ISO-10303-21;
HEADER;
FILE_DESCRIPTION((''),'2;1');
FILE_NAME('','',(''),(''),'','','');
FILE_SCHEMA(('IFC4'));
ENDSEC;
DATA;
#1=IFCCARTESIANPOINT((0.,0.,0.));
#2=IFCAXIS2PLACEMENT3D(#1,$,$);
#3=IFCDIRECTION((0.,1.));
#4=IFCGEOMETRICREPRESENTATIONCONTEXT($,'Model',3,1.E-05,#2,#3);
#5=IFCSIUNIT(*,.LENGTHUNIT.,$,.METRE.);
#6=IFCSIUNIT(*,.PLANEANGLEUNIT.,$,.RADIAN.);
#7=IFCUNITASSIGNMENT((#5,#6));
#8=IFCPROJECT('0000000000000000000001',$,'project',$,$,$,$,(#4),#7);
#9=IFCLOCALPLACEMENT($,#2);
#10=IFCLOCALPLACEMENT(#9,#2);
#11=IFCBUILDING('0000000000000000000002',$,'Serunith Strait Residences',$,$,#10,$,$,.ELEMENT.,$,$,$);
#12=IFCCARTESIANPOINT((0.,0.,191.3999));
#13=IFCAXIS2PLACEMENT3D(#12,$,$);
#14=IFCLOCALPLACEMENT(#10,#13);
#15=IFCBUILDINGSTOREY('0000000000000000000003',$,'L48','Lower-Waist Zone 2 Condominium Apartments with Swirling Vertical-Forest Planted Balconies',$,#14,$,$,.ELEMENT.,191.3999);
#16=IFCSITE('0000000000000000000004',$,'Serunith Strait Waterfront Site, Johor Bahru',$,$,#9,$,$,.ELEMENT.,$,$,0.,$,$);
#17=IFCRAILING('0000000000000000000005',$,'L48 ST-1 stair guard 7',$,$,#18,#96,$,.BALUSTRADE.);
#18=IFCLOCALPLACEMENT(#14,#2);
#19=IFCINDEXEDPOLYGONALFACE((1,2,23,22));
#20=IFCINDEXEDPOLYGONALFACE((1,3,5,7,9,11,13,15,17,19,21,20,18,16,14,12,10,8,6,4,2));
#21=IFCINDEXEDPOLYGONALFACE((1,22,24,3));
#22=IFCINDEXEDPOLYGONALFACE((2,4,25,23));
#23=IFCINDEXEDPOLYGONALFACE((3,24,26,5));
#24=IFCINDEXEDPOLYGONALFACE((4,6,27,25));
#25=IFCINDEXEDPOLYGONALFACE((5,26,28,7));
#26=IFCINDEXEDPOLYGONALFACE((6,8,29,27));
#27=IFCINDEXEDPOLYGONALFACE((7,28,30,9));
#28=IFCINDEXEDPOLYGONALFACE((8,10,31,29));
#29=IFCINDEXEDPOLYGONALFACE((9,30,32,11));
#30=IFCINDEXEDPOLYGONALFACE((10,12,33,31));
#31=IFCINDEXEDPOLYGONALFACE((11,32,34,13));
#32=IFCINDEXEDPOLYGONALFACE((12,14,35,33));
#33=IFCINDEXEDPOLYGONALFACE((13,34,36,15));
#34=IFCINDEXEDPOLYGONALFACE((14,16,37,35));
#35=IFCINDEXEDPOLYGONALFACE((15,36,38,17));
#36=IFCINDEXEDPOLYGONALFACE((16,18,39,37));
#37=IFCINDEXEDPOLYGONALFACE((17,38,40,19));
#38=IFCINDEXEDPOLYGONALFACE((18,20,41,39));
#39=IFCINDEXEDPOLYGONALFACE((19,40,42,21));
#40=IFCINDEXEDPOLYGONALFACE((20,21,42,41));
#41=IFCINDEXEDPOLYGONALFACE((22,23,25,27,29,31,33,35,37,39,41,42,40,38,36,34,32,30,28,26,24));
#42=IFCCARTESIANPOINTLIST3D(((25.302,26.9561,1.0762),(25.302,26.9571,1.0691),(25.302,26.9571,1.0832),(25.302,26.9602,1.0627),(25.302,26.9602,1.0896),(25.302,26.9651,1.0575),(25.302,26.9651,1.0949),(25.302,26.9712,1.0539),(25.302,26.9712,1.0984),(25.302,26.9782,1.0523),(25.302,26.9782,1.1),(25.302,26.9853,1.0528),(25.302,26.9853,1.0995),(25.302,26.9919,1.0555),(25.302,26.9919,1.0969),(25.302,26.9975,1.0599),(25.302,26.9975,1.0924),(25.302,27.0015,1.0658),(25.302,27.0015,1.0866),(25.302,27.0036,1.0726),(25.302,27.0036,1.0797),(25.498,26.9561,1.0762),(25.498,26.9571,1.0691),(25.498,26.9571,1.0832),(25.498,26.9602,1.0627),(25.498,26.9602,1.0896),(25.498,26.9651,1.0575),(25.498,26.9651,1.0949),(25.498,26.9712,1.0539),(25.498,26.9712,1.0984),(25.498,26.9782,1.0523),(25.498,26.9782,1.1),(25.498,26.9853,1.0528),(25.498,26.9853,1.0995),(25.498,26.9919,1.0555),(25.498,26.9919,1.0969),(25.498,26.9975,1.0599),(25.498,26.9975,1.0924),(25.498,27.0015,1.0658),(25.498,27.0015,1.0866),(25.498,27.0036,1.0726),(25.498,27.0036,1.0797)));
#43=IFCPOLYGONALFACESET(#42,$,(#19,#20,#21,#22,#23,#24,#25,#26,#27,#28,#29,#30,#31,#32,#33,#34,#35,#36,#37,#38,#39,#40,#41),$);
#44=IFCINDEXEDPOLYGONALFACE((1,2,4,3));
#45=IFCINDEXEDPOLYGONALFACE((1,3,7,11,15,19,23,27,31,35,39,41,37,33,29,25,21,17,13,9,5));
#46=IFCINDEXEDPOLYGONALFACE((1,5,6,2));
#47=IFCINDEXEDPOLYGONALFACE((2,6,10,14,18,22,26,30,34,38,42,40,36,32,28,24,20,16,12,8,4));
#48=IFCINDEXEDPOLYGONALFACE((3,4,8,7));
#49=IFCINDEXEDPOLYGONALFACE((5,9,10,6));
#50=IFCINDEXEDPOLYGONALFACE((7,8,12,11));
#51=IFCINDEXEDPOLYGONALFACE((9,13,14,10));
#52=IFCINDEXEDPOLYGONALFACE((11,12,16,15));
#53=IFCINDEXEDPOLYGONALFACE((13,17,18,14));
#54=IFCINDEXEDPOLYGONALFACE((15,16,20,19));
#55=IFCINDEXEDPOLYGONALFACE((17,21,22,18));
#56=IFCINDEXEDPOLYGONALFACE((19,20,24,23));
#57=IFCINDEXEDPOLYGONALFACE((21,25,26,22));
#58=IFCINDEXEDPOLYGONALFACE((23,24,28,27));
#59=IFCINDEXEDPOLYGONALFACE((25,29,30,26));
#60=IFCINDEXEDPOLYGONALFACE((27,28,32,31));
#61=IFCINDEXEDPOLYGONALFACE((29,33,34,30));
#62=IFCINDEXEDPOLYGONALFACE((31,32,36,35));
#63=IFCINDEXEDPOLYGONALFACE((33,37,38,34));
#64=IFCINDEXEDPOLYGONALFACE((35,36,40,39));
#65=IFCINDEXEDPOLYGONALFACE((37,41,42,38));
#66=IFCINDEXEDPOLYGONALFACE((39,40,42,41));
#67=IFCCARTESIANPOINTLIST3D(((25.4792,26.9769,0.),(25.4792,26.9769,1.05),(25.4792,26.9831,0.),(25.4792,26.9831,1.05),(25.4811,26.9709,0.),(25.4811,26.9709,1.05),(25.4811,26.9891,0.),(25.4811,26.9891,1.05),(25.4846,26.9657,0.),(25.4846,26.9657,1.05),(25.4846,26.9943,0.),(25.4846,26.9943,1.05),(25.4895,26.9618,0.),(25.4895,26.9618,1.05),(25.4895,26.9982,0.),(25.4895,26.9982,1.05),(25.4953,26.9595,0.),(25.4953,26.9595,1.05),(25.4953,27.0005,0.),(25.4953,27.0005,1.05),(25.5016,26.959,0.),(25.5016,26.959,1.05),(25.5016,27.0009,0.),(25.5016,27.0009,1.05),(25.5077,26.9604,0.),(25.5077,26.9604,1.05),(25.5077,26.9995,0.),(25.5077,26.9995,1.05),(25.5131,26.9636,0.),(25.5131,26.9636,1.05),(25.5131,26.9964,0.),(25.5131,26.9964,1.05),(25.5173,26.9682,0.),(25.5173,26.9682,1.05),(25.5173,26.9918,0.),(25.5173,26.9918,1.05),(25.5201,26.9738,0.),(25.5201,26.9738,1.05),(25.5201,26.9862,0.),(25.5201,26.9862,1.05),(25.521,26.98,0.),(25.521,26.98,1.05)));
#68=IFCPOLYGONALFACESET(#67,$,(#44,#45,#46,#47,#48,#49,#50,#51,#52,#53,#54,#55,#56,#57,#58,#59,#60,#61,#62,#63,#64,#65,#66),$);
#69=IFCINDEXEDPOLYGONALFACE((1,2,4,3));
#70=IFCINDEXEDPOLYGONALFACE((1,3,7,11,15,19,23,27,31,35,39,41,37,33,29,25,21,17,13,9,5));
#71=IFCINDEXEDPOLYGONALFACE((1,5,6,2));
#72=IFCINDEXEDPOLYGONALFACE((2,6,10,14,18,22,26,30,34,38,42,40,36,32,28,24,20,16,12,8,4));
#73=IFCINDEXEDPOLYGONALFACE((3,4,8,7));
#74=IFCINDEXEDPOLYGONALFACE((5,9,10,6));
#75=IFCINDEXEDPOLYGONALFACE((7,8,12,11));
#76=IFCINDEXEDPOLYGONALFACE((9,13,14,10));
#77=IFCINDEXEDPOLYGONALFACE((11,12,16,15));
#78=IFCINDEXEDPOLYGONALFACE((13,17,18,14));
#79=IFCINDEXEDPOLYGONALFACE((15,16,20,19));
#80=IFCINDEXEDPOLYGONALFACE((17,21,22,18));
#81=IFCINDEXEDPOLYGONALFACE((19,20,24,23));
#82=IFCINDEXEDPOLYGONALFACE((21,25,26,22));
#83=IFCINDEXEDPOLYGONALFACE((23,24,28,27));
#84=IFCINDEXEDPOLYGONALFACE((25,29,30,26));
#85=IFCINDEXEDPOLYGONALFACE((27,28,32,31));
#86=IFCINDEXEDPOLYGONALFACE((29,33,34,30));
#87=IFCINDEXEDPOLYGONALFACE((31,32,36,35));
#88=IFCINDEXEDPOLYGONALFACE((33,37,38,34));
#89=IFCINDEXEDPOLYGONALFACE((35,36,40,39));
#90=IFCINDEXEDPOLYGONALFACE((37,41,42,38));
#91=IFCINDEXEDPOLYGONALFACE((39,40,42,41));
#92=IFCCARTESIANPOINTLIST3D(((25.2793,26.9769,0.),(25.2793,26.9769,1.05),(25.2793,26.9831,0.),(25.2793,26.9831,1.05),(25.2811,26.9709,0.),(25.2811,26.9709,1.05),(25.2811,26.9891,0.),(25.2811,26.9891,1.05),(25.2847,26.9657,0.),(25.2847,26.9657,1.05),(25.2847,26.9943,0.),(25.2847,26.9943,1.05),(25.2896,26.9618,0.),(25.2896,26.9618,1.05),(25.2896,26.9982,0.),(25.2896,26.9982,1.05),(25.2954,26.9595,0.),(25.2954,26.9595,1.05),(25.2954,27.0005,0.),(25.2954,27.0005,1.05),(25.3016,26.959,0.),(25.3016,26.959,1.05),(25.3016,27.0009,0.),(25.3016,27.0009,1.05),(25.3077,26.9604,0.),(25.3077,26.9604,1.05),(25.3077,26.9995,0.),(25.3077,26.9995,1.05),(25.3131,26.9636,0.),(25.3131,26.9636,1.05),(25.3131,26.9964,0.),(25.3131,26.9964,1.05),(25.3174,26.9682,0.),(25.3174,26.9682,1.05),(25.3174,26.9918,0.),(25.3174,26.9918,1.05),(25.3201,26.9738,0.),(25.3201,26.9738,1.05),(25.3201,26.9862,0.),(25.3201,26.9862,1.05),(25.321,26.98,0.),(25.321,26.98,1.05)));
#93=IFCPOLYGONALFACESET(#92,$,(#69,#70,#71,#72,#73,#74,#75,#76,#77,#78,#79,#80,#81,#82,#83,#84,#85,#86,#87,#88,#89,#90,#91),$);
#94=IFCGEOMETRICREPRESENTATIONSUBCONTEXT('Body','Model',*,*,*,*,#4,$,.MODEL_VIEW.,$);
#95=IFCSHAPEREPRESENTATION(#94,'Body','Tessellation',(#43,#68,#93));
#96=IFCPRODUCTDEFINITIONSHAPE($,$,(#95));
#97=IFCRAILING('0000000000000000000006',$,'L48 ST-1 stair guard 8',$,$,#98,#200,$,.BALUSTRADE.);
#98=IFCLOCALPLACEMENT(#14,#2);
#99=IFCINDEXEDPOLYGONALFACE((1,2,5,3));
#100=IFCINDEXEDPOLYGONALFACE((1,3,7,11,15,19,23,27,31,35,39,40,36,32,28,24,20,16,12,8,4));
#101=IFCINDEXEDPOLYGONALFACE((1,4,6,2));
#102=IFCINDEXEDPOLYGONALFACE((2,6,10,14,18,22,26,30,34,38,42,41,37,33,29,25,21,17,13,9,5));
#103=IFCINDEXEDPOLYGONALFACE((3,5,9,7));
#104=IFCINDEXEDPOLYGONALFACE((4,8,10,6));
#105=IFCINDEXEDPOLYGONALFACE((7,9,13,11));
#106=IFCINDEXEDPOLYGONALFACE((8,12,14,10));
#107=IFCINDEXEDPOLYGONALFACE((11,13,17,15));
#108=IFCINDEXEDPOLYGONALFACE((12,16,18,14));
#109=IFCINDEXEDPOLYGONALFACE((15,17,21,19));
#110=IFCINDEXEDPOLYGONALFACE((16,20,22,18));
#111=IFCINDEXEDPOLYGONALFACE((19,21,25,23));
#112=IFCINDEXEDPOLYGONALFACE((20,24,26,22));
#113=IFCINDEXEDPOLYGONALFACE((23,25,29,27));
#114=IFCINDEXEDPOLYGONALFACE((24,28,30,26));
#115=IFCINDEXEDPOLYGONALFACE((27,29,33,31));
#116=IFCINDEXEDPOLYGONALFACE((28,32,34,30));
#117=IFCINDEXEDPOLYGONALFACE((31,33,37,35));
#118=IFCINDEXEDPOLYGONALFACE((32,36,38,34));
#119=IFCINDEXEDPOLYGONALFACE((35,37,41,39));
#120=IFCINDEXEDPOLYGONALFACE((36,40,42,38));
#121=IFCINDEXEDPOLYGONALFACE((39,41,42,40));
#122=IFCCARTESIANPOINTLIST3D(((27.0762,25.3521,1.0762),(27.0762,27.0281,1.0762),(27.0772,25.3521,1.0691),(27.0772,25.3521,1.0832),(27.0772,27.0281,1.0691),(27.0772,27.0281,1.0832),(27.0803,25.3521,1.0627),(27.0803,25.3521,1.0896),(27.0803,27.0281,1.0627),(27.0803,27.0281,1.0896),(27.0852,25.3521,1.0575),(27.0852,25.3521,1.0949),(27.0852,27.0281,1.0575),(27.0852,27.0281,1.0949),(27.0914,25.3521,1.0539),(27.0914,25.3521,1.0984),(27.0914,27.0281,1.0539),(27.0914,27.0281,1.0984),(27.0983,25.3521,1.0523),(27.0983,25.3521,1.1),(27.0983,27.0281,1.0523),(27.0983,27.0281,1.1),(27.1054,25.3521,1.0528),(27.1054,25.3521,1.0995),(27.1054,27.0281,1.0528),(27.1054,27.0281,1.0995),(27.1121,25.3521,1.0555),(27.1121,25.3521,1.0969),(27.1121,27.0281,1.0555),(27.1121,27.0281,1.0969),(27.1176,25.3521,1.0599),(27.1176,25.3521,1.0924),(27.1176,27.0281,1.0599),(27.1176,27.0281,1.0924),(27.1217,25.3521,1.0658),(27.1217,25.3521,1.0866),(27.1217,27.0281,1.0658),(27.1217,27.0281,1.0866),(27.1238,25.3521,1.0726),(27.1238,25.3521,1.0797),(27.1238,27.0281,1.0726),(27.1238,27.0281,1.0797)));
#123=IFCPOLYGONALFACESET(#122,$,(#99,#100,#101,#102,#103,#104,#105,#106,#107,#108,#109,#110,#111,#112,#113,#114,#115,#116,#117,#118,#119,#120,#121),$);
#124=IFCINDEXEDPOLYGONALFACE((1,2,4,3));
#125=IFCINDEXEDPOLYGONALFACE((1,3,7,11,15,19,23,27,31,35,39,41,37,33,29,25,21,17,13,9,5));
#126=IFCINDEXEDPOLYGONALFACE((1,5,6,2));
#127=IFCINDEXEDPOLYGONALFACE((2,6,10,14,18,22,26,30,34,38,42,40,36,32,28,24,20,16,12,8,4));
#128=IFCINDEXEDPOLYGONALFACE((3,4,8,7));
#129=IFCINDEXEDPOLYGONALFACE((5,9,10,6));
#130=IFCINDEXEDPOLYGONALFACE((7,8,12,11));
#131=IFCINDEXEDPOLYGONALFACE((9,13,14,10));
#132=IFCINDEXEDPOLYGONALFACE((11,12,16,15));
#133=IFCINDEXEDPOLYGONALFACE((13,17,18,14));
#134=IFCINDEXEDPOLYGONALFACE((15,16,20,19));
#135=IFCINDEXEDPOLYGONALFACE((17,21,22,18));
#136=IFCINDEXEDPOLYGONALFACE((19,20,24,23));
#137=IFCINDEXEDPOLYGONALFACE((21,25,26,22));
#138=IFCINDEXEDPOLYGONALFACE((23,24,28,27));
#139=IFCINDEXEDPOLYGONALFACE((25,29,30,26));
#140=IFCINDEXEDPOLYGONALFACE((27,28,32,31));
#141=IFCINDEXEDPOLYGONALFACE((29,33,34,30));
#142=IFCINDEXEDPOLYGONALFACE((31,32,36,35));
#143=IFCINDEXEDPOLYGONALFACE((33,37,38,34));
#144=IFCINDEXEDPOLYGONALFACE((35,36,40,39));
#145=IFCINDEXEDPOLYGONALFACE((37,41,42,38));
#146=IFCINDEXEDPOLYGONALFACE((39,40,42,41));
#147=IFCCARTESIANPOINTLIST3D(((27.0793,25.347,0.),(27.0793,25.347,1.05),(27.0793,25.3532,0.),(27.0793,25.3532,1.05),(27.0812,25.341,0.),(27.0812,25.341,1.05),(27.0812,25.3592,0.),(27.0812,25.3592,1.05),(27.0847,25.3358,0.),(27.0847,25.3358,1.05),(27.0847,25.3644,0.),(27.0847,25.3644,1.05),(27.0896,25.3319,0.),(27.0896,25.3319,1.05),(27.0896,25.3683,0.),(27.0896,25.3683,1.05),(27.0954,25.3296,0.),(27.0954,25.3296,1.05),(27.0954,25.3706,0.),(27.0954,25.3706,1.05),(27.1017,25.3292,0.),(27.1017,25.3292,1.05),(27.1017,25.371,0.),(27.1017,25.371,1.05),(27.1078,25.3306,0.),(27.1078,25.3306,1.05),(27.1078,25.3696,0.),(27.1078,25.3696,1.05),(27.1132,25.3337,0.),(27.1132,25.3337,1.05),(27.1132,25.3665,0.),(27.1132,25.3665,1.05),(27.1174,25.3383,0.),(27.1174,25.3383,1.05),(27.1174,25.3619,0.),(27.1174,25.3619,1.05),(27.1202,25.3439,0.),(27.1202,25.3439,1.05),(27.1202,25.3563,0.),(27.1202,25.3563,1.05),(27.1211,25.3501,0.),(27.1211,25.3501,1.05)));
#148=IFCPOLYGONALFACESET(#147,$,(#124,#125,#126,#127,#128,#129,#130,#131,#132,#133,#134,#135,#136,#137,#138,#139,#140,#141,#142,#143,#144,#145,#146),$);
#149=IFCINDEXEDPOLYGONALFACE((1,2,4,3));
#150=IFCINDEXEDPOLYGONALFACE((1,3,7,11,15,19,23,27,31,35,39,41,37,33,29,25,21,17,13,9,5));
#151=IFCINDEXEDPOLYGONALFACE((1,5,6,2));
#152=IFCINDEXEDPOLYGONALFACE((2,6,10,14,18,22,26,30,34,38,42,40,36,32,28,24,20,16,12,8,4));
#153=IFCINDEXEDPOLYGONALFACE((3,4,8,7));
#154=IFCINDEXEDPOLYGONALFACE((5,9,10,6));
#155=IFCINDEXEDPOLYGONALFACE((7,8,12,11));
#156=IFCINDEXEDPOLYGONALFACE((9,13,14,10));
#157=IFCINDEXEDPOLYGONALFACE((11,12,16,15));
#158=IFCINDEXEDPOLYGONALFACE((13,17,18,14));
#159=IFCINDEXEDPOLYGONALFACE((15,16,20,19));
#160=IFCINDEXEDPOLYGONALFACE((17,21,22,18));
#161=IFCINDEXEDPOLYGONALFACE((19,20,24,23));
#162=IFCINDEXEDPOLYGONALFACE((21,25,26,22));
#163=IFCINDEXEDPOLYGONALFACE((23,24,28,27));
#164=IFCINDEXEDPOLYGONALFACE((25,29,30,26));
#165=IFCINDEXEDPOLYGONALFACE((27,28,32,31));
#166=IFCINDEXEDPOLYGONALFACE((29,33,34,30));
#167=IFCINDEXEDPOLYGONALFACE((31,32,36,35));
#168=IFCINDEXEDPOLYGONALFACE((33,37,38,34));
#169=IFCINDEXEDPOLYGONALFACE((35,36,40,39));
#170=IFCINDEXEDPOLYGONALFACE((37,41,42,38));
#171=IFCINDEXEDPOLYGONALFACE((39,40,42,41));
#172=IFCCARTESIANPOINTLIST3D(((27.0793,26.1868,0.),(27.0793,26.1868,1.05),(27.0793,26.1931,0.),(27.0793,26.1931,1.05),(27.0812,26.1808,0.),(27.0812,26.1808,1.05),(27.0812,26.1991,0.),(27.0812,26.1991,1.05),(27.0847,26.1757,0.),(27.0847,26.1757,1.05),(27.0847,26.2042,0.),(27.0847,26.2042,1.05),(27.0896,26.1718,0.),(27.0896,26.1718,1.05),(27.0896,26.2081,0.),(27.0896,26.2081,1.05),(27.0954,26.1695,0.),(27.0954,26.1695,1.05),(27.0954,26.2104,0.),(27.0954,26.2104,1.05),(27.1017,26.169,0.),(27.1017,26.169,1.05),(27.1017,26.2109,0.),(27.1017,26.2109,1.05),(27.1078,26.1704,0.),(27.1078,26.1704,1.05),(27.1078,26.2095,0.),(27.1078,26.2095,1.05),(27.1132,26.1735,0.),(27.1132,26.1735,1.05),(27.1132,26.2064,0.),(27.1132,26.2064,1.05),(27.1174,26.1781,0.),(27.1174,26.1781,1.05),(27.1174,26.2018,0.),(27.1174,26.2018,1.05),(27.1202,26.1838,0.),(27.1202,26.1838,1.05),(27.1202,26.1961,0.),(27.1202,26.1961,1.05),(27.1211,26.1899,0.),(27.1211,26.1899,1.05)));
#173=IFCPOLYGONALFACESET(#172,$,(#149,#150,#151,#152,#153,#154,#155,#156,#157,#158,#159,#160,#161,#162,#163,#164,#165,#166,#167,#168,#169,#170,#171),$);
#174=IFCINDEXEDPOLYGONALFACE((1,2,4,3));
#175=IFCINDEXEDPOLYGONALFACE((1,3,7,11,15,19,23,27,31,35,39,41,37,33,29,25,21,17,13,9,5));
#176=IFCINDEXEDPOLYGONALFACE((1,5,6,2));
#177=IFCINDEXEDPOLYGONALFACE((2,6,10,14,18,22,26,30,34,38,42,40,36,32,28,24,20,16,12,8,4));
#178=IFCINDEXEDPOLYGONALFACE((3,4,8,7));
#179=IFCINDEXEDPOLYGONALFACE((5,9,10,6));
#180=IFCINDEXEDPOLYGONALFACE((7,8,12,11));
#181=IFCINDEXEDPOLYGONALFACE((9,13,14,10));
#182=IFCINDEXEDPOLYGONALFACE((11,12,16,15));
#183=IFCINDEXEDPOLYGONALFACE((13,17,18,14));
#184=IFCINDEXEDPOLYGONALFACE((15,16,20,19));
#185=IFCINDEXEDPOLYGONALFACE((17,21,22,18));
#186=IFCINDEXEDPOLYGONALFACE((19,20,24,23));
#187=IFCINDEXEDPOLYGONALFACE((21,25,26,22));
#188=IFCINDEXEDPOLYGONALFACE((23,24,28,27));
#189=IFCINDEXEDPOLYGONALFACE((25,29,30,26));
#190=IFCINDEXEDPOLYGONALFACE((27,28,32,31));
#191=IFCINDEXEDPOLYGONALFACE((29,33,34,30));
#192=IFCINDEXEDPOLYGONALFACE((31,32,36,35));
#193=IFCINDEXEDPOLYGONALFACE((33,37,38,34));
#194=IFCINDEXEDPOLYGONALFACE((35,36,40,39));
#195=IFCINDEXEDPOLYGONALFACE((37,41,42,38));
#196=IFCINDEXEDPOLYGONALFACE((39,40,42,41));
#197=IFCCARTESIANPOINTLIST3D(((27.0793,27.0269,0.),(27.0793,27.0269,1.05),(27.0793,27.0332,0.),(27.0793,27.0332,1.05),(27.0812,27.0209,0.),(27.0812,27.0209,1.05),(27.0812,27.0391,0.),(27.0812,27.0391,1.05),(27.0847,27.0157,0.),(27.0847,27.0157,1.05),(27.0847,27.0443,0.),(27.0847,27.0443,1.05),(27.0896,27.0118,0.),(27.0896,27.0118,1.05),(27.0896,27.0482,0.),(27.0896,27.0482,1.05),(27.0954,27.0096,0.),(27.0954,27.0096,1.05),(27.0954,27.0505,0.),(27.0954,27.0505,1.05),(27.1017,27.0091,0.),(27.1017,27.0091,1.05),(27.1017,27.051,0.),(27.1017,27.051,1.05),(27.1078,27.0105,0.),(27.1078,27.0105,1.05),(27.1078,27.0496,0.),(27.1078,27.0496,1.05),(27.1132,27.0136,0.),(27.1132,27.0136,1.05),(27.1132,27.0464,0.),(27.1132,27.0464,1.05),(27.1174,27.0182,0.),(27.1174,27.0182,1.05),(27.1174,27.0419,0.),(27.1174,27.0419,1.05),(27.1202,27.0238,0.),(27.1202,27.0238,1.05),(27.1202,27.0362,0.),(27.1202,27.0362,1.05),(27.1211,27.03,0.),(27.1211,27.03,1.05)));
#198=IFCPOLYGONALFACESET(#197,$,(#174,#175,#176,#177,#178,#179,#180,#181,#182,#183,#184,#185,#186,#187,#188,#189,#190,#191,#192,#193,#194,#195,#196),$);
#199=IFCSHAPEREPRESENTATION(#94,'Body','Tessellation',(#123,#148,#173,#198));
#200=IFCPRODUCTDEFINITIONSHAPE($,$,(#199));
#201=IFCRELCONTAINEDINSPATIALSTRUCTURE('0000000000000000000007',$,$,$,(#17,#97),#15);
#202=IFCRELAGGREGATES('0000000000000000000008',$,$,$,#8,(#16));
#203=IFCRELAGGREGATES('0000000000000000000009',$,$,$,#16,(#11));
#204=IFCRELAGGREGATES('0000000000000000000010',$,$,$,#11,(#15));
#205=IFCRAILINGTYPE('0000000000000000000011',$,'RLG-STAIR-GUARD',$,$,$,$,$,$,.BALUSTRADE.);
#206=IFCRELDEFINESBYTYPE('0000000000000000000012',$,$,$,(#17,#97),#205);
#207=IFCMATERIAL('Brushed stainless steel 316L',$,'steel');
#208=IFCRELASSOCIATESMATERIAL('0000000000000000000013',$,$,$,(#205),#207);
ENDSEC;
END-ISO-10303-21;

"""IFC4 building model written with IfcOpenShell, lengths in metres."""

from ifc_helpers import new_model, si_unit, direction, frame, origin, origin_2d, place, context, subcontext, project, spatial, circle, extrude, material, type_object, element, save


model = new_model("IFC4")

# Units and contexts
model_context = context("Model", 3, precision=1e-05, world=origin(), true_north=direction((0.0, 1.0)))
body_context = subcontext(model_context, "Body", "Model", "MODEL_VIEW")
ifc_project = project(units=[si_unit("LENGTHUNIT", "METRE"), si_unit("PLANEANGLEUNIT", "RADIAN")], contexts=[model_context])

# Site, building, storey
site_placement = place(None, origin())
site = spatial("IfcSite", under=ifc_project, at=site_placement, Name="Serunith Strait Waterfront Site, Johor Bahru", CompositionType="ELEMENT", RefElevation=0.0)
building_placement = place(site_placement, origin())
building = spatial("IfcBuilding", under=site, at=building_placement, Name="Serunith Strait Residences", CompositionType="ELEMENT")
storey_placement = place(building_placement, frame((0.0, 0.0, 191.3999)))
storey = spatial("IfcBuildingStorey", under=building, at=storey_placement, Name="L48", Description="Lower-Waist Zone 2 Condominium Apartments with Swirling Vertical-Forest Planted Balconies", CompositionType="ELEMENT", Elevation=191.3999)

# Railings
ifc_material_1 = material(Name="Brushed stainless steel 316L", Category="steel")
railing_type_1 = type_object("IfcRailingType", Name="RLG-STAIR-GUARD", PredefinedType="BALUSTRADE", material=ifc_material_1)
railing_1_placement = place(storey_placement, frame((25.5, 26.98, 0.0)))
element("IfcRailing", 1, at=railing_1_placement, inside=storey, type_object=railing_type_1, Name="L48 ST-1 stair guard 7", PredefinedType="BALUSTRADE", context=body_context, shape_type="SweptSolid", body=[
    extrude(circle(Radius=0.0239, at=origin_2d()), frame((-0.002, 0.0, 1.0762), z_axis=(-1.0, 0.0, 0.0), x_axis=(0.0, -1.0, 0.0)), (0.0, 0.0, 1.0), 0.196),
    extrude(circle(Radius=0.021, at=origin_2d()), origin(), (0.0, 0.0, 1.0), 1.05),
    extrude(circle(Radius=0.021, at=origin_2d()), frame((-0.2, 0.0, 0.0)), (0.0, 0.0, 1.0), 1.05),
])
for number, where, name in (
    (2, (27.1001, 25.3501, 0.0), "L48 ST-1 stair guard 8"),
):
    element("IfcRailing", number, at=place(storey_placement, frame(where)), inside=storey, type_object=railing_type_1, Name=name, PredefinedType="BALUSTRADE", context=body_context, shape_type="SweptSolid", body=[
        extrude(circle(Radius=0.0239, at=origin_2d()), frame((0.0, 0.002, 1.0762), z_axis=(0.0, 1.0, 0.0), x_axis=(-1.0, 0.0, 0.0)), (0.0, 0.0, 1.0), 1.676),
        extrude(circle(Radius=0.021, at=origin_2d()), origin(), (0.0, 0.0, 1.0), 1.05),
        extrude(circle(Radius=0.021, at=origin_2d()), frame((0.0, 0.8398, 0.0)), (0.0, 0.0, 1.0), 1.05),
        extrude(circle(Radius=0.021, at=origin_2d()), frame((0.0, 1.6799, 0.0)), (0.0, 0.0, 1.0), 1.05),
    ])

save(model, "model.ifc")
